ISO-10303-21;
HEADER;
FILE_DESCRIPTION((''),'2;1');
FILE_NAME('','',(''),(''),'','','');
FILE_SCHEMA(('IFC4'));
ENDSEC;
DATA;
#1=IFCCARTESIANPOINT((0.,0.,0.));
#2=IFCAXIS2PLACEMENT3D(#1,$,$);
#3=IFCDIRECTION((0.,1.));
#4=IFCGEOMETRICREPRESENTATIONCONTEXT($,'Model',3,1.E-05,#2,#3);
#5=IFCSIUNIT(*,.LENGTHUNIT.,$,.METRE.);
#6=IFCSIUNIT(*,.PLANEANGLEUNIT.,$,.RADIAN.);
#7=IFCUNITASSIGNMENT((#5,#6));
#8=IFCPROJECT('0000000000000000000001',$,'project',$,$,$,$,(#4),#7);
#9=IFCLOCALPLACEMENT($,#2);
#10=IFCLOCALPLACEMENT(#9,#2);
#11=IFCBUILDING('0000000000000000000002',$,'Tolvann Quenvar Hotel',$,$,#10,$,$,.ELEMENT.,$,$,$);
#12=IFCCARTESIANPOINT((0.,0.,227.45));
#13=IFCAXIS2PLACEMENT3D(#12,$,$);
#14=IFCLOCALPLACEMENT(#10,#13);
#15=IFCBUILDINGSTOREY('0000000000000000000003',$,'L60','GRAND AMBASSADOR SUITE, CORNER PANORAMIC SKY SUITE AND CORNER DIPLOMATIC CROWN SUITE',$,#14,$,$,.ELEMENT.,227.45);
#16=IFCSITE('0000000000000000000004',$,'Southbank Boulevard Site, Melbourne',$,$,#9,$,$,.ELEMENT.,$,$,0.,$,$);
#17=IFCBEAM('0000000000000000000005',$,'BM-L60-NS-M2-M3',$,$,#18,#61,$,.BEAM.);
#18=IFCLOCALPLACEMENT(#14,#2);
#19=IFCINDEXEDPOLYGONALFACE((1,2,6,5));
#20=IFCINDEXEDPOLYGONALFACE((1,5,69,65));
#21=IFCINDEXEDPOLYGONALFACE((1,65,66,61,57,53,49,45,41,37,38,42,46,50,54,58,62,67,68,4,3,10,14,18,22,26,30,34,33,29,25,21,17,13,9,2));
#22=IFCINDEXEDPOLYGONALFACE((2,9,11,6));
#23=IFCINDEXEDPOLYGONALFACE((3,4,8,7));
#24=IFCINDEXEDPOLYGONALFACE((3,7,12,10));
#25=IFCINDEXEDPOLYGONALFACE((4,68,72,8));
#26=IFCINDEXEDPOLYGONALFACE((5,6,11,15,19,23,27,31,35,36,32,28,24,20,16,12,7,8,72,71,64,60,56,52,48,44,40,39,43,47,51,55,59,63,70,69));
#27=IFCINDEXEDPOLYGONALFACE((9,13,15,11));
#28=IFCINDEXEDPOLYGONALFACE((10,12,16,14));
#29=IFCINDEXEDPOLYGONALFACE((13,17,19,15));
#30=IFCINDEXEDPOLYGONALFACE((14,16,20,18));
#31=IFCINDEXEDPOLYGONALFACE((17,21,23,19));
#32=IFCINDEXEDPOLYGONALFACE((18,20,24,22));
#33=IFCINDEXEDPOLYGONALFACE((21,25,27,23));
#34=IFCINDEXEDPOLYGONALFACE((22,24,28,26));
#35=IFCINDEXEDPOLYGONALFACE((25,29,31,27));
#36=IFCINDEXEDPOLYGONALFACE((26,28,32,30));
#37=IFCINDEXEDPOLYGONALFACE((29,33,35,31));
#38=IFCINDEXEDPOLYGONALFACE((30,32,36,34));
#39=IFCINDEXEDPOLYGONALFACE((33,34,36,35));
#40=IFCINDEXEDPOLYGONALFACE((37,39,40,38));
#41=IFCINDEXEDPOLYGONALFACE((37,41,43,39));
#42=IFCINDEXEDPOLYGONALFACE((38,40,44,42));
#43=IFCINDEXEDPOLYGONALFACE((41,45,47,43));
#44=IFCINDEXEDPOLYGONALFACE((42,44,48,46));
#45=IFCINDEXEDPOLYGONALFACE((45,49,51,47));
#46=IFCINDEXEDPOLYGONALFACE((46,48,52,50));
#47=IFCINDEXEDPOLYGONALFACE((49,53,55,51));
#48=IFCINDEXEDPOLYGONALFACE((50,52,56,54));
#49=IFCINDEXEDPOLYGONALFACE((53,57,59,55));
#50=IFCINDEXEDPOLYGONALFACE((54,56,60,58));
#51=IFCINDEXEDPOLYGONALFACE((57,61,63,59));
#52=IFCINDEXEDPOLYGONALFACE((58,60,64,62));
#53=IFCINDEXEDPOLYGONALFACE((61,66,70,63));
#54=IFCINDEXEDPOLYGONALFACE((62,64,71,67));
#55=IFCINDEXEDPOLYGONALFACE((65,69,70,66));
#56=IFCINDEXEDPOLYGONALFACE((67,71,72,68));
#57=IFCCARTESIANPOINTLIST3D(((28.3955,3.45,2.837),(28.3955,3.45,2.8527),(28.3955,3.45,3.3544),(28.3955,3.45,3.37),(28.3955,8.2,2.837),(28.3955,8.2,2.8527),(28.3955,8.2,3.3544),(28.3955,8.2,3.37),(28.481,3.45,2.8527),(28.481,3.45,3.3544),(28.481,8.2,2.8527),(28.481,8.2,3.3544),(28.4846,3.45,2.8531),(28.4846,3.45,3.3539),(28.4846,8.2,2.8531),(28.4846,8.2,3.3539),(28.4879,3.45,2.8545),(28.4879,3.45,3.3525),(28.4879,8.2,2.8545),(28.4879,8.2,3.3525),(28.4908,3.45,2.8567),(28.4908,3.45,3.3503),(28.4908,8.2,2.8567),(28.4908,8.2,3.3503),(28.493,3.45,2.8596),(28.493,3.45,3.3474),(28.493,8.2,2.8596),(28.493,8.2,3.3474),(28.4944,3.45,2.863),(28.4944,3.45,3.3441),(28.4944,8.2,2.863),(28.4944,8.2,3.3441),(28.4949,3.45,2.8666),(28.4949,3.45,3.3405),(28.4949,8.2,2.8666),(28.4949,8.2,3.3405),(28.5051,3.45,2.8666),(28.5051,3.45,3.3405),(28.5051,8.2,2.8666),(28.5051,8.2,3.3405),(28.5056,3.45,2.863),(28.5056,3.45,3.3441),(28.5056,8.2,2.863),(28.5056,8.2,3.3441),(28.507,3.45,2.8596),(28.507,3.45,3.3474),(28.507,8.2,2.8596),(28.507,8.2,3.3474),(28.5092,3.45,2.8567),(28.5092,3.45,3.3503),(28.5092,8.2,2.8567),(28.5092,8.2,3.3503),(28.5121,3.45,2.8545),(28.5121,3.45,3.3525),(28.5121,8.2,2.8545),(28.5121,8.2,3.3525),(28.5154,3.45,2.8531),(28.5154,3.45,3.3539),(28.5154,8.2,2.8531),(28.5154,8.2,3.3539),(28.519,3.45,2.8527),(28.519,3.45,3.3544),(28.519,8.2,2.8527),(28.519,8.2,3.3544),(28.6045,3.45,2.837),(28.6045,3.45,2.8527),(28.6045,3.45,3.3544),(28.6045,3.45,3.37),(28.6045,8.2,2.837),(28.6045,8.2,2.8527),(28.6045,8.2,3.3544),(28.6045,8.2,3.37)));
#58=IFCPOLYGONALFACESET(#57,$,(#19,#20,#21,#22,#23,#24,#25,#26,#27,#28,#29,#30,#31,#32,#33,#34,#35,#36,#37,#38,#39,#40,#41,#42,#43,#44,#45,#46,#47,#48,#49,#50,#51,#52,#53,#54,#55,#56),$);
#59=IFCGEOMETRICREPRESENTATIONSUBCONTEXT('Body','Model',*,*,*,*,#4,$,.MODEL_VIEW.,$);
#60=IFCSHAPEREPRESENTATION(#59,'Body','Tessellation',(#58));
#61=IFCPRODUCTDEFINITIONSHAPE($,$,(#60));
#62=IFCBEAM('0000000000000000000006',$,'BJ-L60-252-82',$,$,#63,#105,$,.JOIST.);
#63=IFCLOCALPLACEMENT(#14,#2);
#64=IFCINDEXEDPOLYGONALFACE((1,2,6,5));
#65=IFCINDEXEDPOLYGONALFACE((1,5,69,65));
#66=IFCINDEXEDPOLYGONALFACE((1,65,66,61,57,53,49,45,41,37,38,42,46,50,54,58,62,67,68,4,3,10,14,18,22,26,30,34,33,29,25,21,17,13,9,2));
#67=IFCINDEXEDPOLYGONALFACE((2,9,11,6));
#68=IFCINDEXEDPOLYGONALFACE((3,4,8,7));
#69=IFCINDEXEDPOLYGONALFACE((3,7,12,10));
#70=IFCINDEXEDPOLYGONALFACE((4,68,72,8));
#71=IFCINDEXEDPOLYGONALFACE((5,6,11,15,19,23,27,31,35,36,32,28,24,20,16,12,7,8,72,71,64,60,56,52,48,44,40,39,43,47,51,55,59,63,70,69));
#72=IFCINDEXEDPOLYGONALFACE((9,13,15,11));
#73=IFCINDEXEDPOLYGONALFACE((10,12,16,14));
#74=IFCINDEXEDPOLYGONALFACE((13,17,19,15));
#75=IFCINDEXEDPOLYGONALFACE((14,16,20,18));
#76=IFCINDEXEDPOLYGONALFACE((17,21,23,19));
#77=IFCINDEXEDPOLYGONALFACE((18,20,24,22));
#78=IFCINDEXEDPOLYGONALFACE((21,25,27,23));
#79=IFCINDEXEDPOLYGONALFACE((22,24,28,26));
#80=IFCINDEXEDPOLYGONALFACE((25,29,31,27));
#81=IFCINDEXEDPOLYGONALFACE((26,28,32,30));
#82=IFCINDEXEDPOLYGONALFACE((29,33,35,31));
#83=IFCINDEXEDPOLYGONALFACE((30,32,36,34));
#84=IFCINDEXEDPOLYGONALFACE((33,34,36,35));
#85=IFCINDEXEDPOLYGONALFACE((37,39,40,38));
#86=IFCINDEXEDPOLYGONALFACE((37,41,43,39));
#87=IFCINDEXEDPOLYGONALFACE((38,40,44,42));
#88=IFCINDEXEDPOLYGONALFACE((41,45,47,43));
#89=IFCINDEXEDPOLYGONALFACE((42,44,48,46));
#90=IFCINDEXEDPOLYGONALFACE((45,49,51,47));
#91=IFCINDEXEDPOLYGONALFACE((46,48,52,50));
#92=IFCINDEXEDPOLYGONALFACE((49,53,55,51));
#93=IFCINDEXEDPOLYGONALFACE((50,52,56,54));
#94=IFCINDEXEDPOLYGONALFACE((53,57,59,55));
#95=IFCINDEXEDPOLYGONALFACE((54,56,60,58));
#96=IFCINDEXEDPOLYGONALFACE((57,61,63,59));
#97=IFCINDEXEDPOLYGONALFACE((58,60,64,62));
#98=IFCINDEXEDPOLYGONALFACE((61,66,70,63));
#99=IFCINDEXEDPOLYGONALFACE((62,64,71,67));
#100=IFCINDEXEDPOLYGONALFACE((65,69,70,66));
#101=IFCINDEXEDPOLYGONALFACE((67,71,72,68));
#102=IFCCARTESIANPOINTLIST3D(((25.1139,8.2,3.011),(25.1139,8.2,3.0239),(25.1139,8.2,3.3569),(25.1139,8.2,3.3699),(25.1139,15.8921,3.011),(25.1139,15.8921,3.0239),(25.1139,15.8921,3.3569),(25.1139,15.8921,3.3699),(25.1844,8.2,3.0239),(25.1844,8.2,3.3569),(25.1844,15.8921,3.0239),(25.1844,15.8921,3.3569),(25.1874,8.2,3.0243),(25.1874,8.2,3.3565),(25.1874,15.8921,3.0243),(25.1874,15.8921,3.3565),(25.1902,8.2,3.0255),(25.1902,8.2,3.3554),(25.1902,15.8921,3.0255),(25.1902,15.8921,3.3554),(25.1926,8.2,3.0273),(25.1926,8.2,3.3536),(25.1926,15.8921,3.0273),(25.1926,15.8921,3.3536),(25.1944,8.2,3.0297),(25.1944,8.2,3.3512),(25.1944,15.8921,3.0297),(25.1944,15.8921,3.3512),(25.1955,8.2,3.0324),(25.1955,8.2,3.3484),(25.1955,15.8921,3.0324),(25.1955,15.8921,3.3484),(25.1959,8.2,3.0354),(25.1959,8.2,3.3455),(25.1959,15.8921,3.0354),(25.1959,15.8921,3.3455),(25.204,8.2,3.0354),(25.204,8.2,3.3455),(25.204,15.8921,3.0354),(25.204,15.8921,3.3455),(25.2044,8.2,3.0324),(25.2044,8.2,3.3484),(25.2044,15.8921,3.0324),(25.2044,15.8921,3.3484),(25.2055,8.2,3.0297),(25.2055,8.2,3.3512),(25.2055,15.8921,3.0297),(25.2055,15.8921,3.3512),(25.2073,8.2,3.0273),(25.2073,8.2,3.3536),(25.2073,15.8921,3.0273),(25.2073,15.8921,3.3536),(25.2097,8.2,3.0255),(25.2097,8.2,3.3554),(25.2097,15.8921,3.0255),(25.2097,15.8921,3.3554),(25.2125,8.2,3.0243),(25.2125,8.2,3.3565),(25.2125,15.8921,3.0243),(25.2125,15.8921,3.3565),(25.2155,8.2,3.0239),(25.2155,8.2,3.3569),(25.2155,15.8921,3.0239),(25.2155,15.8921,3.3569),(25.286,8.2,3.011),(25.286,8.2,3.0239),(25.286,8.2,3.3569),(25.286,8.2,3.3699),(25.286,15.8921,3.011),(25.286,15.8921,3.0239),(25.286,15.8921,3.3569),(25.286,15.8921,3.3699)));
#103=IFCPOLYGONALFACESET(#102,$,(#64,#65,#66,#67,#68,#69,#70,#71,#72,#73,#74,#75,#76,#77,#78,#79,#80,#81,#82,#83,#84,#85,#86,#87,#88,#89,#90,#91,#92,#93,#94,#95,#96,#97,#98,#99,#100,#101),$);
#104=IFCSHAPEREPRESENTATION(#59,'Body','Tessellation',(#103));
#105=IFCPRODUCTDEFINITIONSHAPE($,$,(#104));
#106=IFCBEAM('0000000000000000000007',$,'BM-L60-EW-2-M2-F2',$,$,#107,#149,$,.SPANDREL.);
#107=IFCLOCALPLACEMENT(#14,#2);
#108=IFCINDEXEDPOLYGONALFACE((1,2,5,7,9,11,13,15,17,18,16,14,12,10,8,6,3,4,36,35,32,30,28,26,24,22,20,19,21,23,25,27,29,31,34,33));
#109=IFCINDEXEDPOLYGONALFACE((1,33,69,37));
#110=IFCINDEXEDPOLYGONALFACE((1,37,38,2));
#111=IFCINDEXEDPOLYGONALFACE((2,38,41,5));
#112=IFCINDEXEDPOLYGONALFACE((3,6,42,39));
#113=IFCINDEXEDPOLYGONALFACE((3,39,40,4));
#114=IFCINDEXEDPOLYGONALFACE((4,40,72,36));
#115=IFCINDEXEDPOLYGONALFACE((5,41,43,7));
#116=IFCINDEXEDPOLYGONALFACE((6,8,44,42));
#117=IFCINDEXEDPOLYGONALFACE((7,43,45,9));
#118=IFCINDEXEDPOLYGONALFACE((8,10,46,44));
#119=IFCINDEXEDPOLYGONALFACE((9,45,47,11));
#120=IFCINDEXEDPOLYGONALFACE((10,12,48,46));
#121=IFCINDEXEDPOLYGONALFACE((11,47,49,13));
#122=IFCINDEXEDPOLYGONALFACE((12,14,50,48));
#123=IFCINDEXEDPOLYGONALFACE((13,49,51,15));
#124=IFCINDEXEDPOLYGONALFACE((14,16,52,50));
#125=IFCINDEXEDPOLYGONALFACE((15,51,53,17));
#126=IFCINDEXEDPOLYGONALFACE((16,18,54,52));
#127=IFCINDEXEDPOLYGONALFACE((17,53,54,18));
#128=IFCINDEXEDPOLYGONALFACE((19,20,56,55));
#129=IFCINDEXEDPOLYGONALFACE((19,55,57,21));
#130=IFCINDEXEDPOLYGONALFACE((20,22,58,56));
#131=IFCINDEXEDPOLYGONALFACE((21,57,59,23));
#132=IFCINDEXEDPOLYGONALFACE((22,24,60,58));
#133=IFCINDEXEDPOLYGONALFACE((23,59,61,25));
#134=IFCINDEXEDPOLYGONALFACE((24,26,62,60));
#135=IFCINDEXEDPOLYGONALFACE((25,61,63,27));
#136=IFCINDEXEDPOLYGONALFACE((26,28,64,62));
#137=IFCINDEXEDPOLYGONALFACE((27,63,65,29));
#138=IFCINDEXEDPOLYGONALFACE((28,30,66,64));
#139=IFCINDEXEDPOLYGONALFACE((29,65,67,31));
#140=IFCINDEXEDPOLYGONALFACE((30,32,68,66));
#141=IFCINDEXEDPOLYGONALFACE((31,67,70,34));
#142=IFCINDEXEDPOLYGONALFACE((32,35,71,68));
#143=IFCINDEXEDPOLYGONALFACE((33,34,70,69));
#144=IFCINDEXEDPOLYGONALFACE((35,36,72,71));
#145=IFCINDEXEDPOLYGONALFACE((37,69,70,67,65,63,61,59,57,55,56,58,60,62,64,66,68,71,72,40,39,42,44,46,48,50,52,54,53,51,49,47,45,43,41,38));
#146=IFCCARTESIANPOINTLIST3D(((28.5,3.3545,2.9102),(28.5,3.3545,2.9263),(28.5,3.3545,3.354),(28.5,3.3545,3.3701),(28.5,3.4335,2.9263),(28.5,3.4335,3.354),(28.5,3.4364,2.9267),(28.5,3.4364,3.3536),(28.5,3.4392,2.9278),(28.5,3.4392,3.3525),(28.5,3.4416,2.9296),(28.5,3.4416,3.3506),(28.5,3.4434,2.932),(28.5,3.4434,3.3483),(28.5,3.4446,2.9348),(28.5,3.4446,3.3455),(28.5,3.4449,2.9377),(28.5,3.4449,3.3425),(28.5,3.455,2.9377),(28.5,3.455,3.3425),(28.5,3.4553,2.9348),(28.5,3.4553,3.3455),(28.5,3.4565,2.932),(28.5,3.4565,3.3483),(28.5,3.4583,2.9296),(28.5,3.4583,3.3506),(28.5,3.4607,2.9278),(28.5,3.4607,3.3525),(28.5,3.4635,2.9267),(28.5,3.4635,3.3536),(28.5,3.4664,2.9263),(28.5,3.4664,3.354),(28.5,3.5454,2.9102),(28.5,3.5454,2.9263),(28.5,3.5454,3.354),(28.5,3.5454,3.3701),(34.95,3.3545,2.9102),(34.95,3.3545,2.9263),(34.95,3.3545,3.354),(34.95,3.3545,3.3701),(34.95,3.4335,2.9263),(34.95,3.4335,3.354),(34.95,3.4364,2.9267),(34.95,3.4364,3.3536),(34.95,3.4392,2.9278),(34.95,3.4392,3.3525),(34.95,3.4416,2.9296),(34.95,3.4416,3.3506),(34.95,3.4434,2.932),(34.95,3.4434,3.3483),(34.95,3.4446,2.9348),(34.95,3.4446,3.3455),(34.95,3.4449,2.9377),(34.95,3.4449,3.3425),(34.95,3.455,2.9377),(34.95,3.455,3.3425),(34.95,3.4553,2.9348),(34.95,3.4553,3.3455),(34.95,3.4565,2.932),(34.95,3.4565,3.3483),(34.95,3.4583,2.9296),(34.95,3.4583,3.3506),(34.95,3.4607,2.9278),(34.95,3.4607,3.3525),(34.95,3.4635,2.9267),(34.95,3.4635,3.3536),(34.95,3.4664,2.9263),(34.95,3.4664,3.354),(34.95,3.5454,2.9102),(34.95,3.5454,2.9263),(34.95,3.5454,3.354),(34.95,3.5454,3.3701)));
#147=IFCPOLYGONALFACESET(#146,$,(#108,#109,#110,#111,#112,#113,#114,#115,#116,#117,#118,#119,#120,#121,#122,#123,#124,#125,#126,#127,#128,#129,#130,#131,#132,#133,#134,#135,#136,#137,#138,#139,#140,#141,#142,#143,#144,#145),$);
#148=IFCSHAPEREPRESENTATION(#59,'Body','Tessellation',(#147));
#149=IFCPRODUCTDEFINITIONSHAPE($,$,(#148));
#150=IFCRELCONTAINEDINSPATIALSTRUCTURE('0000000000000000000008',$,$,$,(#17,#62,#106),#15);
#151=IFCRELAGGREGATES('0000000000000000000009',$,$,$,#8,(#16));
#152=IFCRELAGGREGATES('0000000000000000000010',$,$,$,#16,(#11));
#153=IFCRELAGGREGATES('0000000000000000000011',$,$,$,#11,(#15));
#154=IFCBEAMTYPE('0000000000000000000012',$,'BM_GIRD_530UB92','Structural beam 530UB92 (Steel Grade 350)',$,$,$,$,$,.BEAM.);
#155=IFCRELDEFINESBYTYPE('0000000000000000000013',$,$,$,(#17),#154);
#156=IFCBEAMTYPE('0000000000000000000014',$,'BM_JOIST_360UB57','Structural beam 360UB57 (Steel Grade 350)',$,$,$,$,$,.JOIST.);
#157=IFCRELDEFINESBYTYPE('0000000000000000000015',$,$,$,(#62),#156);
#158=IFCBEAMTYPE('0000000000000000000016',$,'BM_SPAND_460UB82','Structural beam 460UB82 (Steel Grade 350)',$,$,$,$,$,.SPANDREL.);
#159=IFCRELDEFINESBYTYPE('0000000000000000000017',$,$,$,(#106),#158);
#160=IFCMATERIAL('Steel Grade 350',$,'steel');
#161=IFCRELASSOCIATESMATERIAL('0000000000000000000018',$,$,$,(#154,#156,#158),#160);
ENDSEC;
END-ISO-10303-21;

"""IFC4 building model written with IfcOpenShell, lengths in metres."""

from ifc_helpers import new_model, si_unit, direction, frame, origin, origin_2d, place, context, subcontext, project, spatial, i_section, extrude, source, transform, mapped, material, material_profile, profile_set, type_object, type_shapes, element, save


model = new_model("IFC4")

# Units and contexts
model_context = context("Model", 3, precision=1e-05, world=origin(), true_north=direction((0.0, 1.0)))
body_context = subcontext(model_context, "Body", "Model", "MODEL_VIEW")
ifc_project = project(units=[si_unit("LENGTHUNIT", "METRE"), si_unit("PLANEANGLEUNIT", "RADIAN")], contexts=[model_context])

# Site, building, storey
site_placement = place(None, origin())
site = spatial("IfcSite", under=ifc_project, at=site_placement, Name="Southbank Boulevard Site, Melbourne", CompositionType="ELEMENT", RefElevation=0.0)
building_placement = place(site_placement, origin())
building = spatial("IfcBuilding", under=site, at=building_placement, Name="Tolvann Quenvar Hotel", CompositionType="ELEMENT")
storey_placement = place(building_placement, frame((0.0, 0.0, 227.45)))
storey = spatial("IfcBuildingStorey", under=building, at=storey_placement, Name="L60", Description="GRAND AMBASSADOR SUITE, CORNER PANORAMIC SKY SUITE AND CORNER DIPLOMATIC CROWN SUITE", CompositionType="ELEMENT", Elevation=227.45)

# Shared definitions
ifc_material_1 = material(Name="Steel Grade 350", Category="steel")

# Beams
ifc_material_profile_1 = material_profile(ifc_material_1, i_section(OverallWidth=0.209, OverallDepth=0.533, WebThickness=0.0103, FlangeThickness=0.0156, FilletRadius=0.0139, at=origin_2d()), Name="530UB92")
ifc_profile_set_1 = profile_set([ifc_material_profile_1], Name="Steel Grade 350")
beam_type_1 = type_object("IfcBeamType", Name="BM_GIRD_530UB92", Description="Structural beam 530UB92 (Steel Grade 350)", PredefinedType="BEAM", material=ifc_profile_set_1)
shared_shape_1 = source(origin(), body_context, "Body", "SweptSolid", [
    extrude(i_section(OverallWidth=0.209, OverallDepth=0.533, WebThickness=0.0103, FlangeThickness=0.0156, FilletRadius=0.0139, at=origin_2d()), origin(), (0.0, 0.0, 1.0), 4.75),
])
type_shapes(beam_type_1, [shared_shape_1])
for number, where, z_axis, x_axis, name in (
    (1, (28.5, 3.45, 3.1035), (0.0, 1.0, 0.0), (-1.0, 0.0, 0.0), "BM-L60-NS-M2-M3"),
):
    element("IfcBeam", number, at=place(storey_placement, frame(where, z_axis=z_axis, x_axis=x_axis)), inside=storey, type_object=beam_type_1, Name=name, PredefinedType="BEAM", context=body_context, shape_type="MappedRepresentation", body=[
        mapped(shared_shape_1, transform((0.0, 0.0, 0.0), x_axis=(1.0, 0.0, 0.0), y_axis=(0.0, 1.0, 0.0), z_axis=(0.0, 0.0, 1.0), scale=1.0)),
    ])
ifc_material_profile_2 = material_profile(ifc_material_1, i_section(OverallWidth=0.1721, OverallDepth=0.3589, WebThickness=0.0081, FlangeThickness=0.0129, FilletRadius=0.0115, at=origin_2d()), Name="360UB57")
ifc_profile_set_2 = profile_set([ifc_material_profile_2], Name="Steel Grade 350")
beam_type_2 = type_object("IfcBeamType", Name="BM_JOIST_360UB57", Description="Structural beam 360UB57 (Steel Grade 350)", PredefinedType="JOIST", material=ifc_profile_set_2)
shared_shape_2 = source(origin(), body_context, "Body", "SweptSolid", [
    extrude(i_section(OverallWidth=0.1721, OverallDepth=0.3589, WebThickness=0.0081, FlangeThickness=0.0129, FilletRadius=0.0115, at=origin_2d()), origin(), (0.0, 0.0, 1.0), 7.6921),
])
type_shapes(beam_type_2, [shared_shape_2])
beam_1_placement = place(storey_placement, frame((25.2, 8.2, 3.1904), z_axis=(0.0, 1.0, 0.0), x_axis=(-1.0, 0.0, 0.0)))
element("IfcBeam", 2, at=beam_1_placement, inside=storey, type_object=beam_type_2, Name="BJ-L60-252-82", PredefinedType="JOIST", context=body_context, shape_type="MappedRepresentation", body=[
    mapped(shared_shape_2, transform((0.0, 0.0, 0.0), x_axis=(1.0, 0.0, 0.0), y_axis=(0.0, 1.0, 0.0), z_axis=(0.0, 0.0, 1.0), scale=1.0)),
])
ifc_material_profile_3 = material_profile(ifc_material_1, i_section(OverallWidth=0.1909, OverallDepth=0.46, WebThickness=0.01, FlangeThickness=0.0161, FilletRadius=0.0115, at=origin_2d()), Name="460UB82")
ifc_profile_set_3 = profile_set([ifc_material_profile_3], Name="Steel Grade 350")
beam_type_3 = type_object("IfcBeamType", Name="BM_SPAND_460UB82", Description="Structural beam 460UB82 (Steel Grade 350)", PredefinedType="SPANDREL", material=ifc_profile_set_3)
shared_shape_3 = source(origin(), body_context, "Body", "SweptSolid", [
    extrude(i_section(OverallWidth=0.1909, OverallDepth=0.46, WebThickness=0.01, FlangeThickness=0.0161, FilletRadius=0.0115, at=origin_2d()), origin(), (0.0, 0.0, 1.0), 6.45),
])
beam_2_placement = place(storey_placement, frame((28.5, 3.45, 3.1401), z_axis=(1.0, 0.0, 0.0), x_axis=(0.0, 1.0, 0.0)))
element("IfcBeam", 3, at=beam_2_placement, inside=storey, type_object=beam_type_3, Name="BM-L60-EW-2-M2-F2", PredefinedType="SPANDREL", context=body_context, shape_type="MappedRepresentation", body=[
    mapped(shared_shape_3, transform((0.0, 0.0, 0.0), x_axis=(1.0, 0.0, 0.0), y_axis=(0.0, 1.0, 0.0), z_axis=(0.0, 0.0, 1.0), scale=1.0)),
])

save(model, "model.ifc")
